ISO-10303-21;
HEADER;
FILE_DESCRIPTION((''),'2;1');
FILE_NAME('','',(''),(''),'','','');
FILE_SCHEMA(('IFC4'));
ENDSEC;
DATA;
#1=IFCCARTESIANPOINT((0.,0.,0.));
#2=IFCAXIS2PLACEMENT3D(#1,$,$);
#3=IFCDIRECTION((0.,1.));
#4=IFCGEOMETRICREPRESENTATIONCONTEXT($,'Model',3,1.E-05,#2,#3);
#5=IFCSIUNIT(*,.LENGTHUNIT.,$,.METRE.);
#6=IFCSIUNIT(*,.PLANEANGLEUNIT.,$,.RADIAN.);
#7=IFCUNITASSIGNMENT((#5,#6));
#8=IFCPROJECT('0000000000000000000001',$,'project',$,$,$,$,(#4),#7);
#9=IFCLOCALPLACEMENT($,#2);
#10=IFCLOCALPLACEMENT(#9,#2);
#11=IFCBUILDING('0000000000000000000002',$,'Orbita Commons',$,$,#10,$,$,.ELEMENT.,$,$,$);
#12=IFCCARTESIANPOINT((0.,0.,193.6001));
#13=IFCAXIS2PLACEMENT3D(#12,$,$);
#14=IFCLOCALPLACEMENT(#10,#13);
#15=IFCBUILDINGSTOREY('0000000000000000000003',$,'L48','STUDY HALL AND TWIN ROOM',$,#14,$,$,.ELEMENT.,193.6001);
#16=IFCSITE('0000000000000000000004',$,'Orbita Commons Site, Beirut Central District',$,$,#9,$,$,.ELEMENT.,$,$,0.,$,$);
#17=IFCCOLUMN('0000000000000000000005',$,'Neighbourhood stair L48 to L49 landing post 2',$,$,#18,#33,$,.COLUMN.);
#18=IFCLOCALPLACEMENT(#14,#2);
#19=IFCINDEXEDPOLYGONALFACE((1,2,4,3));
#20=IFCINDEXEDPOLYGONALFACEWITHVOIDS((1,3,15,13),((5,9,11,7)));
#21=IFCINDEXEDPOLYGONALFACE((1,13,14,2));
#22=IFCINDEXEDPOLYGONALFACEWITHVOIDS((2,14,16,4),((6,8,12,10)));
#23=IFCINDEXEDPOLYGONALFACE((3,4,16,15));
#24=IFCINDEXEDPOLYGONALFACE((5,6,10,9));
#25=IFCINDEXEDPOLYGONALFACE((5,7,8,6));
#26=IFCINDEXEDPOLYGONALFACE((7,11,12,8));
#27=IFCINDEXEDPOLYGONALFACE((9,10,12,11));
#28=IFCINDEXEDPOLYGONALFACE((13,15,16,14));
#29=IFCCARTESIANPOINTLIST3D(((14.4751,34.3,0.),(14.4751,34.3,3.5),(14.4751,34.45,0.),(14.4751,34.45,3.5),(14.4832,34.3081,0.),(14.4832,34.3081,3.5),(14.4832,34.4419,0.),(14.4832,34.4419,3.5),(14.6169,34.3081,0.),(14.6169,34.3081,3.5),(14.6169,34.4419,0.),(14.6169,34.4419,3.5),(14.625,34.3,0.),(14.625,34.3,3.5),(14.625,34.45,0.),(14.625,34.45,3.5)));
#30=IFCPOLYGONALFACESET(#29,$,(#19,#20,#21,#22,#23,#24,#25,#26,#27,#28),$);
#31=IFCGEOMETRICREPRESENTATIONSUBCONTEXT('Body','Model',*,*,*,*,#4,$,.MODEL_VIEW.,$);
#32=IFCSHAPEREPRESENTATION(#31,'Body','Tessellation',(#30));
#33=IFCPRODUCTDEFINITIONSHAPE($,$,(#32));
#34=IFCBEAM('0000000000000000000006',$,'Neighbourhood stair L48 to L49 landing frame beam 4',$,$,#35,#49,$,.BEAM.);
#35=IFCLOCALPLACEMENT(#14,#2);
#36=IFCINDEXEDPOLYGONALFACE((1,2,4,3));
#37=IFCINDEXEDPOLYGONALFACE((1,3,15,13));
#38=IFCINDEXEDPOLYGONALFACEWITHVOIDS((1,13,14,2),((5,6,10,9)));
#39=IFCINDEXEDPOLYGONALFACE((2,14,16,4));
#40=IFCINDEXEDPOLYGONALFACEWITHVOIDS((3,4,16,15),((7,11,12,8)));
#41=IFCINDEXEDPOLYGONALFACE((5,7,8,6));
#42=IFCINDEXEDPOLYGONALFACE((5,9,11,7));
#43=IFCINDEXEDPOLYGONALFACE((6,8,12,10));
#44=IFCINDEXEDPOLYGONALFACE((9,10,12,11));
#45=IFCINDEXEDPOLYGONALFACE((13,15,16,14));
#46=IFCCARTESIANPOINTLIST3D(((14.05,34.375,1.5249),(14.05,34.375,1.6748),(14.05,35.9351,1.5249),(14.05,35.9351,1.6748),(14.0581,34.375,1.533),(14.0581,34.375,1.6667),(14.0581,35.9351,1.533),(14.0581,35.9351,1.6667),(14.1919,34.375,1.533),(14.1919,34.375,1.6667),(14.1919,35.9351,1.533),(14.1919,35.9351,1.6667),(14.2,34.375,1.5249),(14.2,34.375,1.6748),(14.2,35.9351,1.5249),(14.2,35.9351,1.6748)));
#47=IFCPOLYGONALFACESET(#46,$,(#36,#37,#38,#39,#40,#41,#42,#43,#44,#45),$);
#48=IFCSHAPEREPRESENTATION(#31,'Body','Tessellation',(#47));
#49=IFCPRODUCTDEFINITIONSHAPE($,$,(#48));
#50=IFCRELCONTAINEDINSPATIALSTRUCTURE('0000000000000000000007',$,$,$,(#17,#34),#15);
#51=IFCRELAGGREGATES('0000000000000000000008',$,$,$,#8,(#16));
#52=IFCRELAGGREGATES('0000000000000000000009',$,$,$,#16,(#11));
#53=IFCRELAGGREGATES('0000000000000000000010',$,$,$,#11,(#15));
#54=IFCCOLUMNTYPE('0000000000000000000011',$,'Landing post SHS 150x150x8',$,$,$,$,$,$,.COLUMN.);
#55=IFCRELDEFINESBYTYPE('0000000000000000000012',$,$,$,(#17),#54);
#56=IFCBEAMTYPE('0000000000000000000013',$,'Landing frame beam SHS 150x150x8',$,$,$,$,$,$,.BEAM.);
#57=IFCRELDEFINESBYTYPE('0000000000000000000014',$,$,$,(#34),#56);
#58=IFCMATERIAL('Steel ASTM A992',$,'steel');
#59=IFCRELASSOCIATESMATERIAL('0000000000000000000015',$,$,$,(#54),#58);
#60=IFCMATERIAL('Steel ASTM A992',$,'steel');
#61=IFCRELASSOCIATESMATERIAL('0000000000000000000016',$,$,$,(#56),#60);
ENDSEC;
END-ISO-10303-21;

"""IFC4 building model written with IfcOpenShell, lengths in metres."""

from ifc_helpers import new_model, si_unit, direction, frame, origin, origin_2d, place, context, subcontext, project, spatial, hollow_rectangle, extrude, material, material_profile, profile_set, type_object, element, save


model = new_model("IFC4")

# Units and contexts
model_context = context("Model", 3, precision=1e-05, world=origin(), true_north=direction((0.0, 1.0)))
body_context = subcontext(model_context, "Body", "Model", "MODEL_VIEW")
ifc_project = project(units=[si_unit("LENGTHUNIT", "METRE"), si_unit("PLANEANGLEUNIT", "RADIAN")], contexts=[model_context])

# Site, building, storey
site_placement = place(None, origin())
site = spatial("IfcSite", under=ifc_project, at=site_placement, Name="Orbita Commons Site, Beirut Central District", CompositionType="ELEMENT", RefElevation=0.0)
building_placement = place(site_placement, origin())
building = spatial("IfcBuilding", under=site, at=building_placement, Name="Orbita Commons", CompositionType="ELEMENT")
storey_placement = place(building_placement, frame((0.0, 0.0, 193.6001)))
storey = spatial("IfcBuildingStorey", under=building, at=storey_placement, Name="L48", Description="STUDY HALL AND TWIN ROOM", CompositionType="ELEMENT", Elevation=193.6001)

# Column
ifc_material_1 = material(Name="Steel ASTM A992", Category="steel")
ifc_material_profile_1 = material_profile(ifc_material_1, hollow_rectangle(XDim=0.1499, YDim=0.1499, WallThickness=0.0081, at=origin_2d()), Name="SHS 150x150x8")
ifc_profile_set_1 = profile_set([ifc_material_profile_1], Name="Steel ASTM A992")
column_type = type_object("IfcColumnType", Name="Landing post SHS 150x150x8", PredefinedType="COLUMN", material=ifc_profile_set_1)
column_placement = place(storey_placement, frame((14.55, 34.375, 0.0), z_axis=(0.0, 0.0, 1.0), x_axis=(1.0, 0.0, 0.0)))
element("IfcColumn", 1, at=column_placement, inside=storey, type_object=column_type, Name="Neighbourhood stair L48 to L49 landing post 2", PredefinedType="COLUMN", context=body_context, shape_type="SweptSolid", body=[
    extrude(hollow_rectangle(XDim=0.1499, YDim=0.1499, WallThickness=0.0081, at=origin_2d()), origin(), (0.0, 0.0, 1.0), 3.5),
])

# Beam
ifc_material_2 = material(Name="Steel ASTM A992", Category="steel")
ifc_material_profile_2 = material_profile(ifc_material_2, hollow_rectangle(XDim=0.1499, YDim=0.1499, WallThickness=0.0081, at=origin_2d()), Name="SHS 150x150x8")
ifc_profile_set_2 = profile_set([ifc_material_profile_2], Name="Steel ASTM A992")
beam_type = type_object("IfcBeamType", Name="Landing frame beam SHS 150x150x8", PredefinedType="BEAM", material=ifc_profile_set_2)
beam_placement = place(storey_placement, frame((14.125, 34.375, 1.5999), z_axis=(0.0, 1.0, 0.0), x_axis=(-1.0, 0.0, 0.0)))
element("IfcBeam", 2, at=beam_placement, inside=storey, type_object=beam_type, Name="Neighbourhood stair L48 to L49 landing frame beam 4", PredefinedType="BEAM", context=body_context, shape_type="SweptSolid", body=[
    extrude(hollow_rectangle(XDim=0.1499, YDim=0.1499, WallThickness=0.0081, at=origin_2d()), origin(), (0.0, 0.0, 1.0), 1.5601),
])

save(model, "model.ifc")
